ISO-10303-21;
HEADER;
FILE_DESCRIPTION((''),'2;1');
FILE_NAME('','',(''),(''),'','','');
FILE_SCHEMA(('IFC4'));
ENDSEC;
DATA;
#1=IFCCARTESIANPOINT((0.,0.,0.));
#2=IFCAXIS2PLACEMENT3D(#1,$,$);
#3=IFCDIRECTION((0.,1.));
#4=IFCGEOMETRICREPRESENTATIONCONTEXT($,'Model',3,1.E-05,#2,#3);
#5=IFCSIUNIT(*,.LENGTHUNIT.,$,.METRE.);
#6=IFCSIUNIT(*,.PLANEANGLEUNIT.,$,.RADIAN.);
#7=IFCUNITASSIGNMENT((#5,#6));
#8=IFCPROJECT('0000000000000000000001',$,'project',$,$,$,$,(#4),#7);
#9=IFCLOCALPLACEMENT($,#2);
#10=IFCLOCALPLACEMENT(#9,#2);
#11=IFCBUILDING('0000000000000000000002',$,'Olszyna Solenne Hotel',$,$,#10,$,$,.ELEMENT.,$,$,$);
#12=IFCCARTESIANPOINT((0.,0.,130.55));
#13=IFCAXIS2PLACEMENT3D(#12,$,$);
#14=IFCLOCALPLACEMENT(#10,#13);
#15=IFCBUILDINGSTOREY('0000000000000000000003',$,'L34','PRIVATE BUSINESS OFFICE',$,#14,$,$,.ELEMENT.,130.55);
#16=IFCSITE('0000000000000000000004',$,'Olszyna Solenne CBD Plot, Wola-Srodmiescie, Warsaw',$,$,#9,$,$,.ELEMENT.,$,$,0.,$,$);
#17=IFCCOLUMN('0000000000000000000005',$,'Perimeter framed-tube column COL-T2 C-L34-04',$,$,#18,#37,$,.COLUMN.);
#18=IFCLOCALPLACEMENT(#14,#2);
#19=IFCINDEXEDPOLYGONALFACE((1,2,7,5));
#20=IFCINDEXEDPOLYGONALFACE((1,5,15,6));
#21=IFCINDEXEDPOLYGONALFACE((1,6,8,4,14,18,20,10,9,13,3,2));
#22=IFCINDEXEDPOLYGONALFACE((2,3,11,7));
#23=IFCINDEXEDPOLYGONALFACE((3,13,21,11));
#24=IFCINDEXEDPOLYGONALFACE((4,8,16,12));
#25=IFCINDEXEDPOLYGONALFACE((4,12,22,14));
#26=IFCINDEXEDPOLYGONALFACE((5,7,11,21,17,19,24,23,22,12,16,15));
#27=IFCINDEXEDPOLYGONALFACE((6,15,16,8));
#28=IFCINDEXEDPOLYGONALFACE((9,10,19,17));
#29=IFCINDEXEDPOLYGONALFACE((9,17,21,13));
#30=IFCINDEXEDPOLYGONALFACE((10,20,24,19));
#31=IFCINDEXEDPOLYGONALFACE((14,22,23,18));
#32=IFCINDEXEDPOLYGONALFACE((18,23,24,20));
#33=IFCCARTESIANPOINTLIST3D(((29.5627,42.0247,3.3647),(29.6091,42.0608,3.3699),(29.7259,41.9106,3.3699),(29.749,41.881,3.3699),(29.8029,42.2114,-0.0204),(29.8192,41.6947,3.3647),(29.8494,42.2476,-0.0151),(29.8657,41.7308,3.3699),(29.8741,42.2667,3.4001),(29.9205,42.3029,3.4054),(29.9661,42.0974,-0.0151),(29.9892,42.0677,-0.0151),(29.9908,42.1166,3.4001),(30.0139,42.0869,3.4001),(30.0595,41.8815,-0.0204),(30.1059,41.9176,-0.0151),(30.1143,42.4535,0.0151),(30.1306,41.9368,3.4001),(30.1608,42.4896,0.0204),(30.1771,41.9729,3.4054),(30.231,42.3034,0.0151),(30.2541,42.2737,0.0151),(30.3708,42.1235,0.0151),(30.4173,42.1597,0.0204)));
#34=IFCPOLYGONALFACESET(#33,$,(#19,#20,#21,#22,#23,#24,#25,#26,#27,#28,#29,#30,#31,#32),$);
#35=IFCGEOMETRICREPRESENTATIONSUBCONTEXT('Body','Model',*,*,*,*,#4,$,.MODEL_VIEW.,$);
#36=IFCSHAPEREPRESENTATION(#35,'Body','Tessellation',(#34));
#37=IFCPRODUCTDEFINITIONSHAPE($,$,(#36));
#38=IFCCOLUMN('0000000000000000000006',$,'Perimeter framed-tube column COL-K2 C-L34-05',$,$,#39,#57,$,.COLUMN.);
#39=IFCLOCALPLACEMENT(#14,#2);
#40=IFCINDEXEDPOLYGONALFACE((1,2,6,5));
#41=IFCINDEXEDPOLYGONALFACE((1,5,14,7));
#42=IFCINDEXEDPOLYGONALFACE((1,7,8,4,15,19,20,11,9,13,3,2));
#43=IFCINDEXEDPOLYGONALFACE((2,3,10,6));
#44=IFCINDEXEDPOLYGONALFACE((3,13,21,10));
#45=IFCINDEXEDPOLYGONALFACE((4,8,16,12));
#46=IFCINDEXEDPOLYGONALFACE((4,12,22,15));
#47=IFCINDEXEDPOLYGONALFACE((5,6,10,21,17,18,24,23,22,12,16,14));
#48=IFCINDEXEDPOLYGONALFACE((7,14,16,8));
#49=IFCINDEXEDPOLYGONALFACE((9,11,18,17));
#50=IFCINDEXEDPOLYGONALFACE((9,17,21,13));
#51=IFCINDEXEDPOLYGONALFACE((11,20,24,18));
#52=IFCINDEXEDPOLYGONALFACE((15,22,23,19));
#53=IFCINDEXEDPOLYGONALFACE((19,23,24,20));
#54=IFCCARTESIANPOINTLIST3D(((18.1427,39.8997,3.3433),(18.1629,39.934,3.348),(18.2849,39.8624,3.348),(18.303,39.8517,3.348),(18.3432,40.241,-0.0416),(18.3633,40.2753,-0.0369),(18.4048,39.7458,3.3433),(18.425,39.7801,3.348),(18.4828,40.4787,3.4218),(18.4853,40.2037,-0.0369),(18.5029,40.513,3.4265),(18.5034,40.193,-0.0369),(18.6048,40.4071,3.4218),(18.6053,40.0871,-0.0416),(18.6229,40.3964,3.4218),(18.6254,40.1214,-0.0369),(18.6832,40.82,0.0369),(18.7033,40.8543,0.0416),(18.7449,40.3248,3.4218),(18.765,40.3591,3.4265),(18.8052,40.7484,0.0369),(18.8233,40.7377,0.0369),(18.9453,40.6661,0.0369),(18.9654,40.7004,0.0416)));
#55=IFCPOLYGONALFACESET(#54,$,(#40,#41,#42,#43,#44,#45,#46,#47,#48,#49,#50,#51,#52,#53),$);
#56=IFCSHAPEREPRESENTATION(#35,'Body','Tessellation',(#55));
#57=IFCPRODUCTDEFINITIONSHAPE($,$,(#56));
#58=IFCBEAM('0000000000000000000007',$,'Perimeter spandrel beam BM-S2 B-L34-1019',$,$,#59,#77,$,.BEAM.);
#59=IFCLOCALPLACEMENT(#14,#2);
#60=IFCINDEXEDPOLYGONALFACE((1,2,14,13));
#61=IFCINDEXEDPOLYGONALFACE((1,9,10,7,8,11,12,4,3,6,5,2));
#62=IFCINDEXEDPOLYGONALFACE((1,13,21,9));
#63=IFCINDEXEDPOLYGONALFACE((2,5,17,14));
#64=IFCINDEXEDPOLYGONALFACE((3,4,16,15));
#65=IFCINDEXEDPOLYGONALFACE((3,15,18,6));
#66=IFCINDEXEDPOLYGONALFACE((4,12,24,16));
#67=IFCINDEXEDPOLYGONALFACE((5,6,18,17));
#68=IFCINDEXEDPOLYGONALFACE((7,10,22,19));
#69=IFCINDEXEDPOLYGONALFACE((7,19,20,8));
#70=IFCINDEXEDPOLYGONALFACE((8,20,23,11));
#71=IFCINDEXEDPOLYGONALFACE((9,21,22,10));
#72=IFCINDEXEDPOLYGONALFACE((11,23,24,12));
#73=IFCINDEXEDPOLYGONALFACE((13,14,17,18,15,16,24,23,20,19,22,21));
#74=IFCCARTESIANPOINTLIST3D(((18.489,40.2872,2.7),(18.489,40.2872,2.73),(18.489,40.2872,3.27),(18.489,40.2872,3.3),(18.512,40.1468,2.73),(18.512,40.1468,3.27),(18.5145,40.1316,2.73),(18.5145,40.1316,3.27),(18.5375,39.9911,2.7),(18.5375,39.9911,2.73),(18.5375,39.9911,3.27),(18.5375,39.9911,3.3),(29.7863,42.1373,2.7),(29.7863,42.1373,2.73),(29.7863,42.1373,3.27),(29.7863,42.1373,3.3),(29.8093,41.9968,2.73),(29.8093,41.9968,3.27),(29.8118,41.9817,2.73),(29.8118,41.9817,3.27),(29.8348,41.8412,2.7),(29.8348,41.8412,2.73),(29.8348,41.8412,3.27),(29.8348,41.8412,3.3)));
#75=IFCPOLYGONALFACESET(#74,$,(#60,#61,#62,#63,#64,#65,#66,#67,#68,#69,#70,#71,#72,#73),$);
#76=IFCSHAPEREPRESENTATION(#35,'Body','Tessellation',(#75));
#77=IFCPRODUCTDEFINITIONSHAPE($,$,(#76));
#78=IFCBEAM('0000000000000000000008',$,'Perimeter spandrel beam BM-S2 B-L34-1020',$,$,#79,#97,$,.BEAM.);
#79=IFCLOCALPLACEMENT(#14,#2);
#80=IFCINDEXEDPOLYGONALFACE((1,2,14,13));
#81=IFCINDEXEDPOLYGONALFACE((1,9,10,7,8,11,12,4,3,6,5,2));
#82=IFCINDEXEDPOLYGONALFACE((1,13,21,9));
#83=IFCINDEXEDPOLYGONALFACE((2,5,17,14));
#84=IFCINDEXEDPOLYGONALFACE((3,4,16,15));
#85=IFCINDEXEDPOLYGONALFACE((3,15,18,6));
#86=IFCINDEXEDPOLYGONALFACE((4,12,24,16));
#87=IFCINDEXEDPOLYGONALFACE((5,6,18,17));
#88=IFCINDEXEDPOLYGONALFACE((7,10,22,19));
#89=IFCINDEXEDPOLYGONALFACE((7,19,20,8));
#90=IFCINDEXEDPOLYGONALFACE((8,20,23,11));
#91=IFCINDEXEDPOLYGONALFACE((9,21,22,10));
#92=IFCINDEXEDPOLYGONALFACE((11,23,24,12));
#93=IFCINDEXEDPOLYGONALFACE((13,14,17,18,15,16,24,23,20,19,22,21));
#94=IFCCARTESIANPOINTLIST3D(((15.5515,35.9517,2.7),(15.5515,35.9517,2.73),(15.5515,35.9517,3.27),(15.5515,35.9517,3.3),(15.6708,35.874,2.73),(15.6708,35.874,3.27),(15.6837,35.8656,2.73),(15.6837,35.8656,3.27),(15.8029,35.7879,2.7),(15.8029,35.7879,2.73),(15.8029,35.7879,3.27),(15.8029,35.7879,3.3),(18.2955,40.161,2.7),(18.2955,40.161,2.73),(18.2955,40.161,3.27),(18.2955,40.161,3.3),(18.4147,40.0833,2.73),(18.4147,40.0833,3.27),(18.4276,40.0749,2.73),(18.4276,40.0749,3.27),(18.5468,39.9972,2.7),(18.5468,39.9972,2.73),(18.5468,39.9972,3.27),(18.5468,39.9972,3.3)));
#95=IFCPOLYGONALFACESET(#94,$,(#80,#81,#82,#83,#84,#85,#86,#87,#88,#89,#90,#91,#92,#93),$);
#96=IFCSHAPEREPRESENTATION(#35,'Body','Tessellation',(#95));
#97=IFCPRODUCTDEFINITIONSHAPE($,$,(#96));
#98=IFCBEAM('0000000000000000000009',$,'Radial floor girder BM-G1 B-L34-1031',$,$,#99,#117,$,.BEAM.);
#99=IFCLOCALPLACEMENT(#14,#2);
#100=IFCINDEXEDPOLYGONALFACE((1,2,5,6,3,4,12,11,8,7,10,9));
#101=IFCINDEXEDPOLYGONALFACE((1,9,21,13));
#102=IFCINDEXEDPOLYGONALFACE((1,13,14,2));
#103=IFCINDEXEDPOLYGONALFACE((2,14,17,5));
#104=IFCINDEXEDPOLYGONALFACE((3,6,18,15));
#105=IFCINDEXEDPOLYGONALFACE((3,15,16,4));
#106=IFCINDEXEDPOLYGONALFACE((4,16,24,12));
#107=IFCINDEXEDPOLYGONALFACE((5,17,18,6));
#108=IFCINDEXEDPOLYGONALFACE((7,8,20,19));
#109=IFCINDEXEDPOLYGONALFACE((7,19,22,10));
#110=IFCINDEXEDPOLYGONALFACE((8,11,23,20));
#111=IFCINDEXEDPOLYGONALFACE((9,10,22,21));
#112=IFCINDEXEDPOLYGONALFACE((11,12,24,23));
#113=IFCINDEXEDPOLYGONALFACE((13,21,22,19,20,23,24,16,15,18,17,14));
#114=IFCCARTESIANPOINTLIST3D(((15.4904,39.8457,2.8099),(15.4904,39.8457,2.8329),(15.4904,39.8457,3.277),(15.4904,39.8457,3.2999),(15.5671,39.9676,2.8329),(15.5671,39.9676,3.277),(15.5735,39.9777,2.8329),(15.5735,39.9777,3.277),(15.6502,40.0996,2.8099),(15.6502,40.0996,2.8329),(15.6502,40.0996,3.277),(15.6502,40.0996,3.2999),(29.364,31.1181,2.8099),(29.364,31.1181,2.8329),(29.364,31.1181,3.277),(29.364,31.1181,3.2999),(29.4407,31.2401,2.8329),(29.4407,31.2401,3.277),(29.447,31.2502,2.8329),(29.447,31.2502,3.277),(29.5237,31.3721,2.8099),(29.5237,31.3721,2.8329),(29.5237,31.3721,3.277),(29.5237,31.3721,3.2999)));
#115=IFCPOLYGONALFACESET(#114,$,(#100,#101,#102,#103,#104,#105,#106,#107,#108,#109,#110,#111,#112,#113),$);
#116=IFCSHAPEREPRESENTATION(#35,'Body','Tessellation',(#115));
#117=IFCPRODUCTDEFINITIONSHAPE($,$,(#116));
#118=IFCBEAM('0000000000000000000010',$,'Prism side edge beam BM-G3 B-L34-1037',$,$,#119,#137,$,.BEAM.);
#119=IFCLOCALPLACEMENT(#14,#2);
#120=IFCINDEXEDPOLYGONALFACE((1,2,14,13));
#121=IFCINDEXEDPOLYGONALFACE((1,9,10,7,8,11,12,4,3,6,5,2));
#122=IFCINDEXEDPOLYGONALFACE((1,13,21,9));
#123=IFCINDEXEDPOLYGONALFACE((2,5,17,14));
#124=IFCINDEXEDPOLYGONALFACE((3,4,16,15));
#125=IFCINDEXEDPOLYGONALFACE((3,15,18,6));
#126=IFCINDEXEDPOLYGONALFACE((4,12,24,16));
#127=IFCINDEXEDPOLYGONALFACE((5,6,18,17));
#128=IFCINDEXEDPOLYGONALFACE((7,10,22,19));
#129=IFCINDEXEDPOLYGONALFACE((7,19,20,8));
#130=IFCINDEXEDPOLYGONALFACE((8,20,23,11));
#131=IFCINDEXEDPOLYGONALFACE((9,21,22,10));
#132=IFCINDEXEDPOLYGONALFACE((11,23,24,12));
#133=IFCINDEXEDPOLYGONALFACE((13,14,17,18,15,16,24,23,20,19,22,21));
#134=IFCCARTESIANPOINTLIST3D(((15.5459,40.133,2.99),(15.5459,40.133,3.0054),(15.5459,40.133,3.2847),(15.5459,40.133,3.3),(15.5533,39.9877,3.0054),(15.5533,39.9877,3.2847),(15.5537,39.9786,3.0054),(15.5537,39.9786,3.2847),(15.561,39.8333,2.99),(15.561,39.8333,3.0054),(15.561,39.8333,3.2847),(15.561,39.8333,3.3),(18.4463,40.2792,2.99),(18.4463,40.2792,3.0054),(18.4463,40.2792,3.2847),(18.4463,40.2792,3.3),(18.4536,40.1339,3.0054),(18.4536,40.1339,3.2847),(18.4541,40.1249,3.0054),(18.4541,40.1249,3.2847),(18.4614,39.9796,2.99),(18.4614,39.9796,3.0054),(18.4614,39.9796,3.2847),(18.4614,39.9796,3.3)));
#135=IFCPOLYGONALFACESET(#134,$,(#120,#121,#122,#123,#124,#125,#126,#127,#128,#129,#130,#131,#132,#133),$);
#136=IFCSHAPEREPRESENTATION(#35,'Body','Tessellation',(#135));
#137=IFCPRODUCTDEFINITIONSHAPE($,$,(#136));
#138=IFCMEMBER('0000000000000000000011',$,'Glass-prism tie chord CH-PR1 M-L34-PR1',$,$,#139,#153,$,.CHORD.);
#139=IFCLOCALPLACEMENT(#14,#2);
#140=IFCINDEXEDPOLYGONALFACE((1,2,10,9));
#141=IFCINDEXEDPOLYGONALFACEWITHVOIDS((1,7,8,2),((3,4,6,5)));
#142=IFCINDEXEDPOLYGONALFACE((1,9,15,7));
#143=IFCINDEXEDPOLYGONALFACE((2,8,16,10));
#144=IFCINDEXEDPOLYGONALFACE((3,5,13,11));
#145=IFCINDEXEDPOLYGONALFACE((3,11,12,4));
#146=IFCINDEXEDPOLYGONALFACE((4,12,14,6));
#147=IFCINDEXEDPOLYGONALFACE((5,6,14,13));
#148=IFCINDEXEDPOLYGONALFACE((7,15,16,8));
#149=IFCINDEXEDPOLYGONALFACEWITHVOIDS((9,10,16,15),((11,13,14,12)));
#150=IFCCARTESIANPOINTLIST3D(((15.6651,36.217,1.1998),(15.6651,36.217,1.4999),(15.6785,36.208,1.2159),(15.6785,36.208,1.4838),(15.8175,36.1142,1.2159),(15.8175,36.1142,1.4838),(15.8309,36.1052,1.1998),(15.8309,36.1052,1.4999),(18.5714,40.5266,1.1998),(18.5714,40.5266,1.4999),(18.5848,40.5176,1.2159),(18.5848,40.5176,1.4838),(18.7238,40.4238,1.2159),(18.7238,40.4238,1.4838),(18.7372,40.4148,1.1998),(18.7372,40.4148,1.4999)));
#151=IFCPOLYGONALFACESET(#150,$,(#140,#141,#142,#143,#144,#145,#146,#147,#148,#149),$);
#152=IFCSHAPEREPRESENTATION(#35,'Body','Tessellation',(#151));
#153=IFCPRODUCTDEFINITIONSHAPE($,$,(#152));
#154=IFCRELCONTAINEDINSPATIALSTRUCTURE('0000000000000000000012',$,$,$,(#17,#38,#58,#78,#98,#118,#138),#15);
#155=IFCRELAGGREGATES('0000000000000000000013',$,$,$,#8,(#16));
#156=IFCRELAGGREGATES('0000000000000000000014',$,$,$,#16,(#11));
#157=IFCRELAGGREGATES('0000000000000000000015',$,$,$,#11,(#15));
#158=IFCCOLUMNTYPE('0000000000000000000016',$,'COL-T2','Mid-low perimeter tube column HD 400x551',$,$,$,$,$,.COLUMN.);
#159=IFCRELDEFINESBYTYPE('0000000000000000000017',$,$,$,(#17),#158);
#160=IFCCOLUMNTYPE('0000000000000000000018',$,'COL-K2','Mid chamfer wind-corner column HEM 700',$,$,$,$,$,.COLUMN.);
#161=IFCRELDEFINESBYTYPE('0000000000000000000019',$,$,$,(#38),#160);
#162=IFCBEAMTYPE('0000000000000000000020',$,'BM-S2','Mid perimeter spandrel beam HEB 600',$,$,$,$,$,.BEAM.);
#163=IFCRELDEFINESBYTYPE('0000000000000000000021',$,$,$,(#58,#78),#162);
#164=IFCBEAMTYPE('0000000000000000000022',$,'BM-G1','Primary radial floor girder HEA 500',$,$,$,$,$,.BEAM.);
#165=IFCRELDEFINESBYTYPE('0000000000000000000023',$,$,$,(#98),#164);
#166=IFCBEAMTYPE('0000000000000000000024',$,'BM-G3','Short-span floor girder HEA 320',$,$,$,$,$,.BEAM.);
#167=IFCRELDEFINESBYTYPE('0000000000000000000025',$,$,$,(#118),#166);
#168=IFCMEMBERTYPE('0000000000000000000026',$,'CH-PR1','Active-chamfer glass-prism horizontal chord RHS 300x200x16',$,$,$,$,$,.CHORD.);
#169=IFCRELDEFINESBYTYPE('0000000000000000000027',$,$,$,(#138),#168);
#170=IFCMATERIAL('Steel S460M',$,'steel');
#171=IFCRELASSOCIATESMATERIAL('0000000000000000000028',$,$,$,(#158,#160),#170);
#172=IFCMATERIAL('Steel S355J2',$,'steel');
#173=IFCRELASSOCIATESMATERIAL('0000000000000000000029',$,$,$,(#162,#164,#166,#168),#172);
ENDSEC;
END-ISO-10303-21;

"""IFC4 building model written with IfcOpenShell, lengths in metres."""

from ifc_helpers import new_model, si_unit, direction, frame, origin, origin_2d, place, context, subcontext, project, spatial, hollow_rectangle, i_section, extrude, source, transform, mapped, material, material_profile, profile_set, type_object, element, save


model = new_model("IFC4")

# Units and contexts
model_context = context("Model", 3, precision=1e-05, world=origin(), true_north=direction((0.0, 1.0)))
body_context = subcontext(model_context, "Body", "Model", "MODEL_VIEW")
ifc_project = project(units=[si_unit("LENGTHUNIT", "METRE"), si_unit("PLANEANGLEUNIT", "RADIAN")], contexts=[model_context])

# Site, building, storey
site_placement = place(None, origin())
site = spatial("IfcSite", under=ifc_project, at=site_placement, Name="Olszyna Solenne CBD Plot, Wola-Srodmiescie, Warsaw", CompositionType="ELEMENT", RefElevation=0.0)
building_placement = place(site_placement, origin())
building = spatial("IfcBuilding", under=site, at=building_placement, Name="Olszyna Solenne Hotel", CompositionType="ELEMENT")
storey_placement = place(building_placement, frame((0.0, 0.0, 130.55)))
storey = spatial("IfcBuildingStorey", under=building, at=storey_placement, Name="L34", Description="PRIVATE BUSINESS OFFICE", CompositionType="ELEMENT", Elevation=130.55)

# Columns
ifc_material_1 = material(Name="Steel S460M", Category="steel")
ifc_material_profile_1 = material_profile(ifc_material_1, i_section(OverallWidth=0.418, OverallDepth=0.4551, WebThickness=0.0376, FlangeThickness=0.0591, at=origin_2d()), Name="HD 400x551", Category="load-bearing")
ifc_profile_set_1 = profile_set([ifc_material_profile_1], Name="Steel S460M")
column_type_1 = type_object("IfcColumnType", Name="COL-T2", Description="Mid-low perimeter tube column HD 400x551", PredefinedType="COLUMN", material=ifc_profile_set_1)
shared_shape_1 = source(origin(), body_context, "Body", "SweptSolid", [
    extrude(i_section(OverallWidth=0.418, OverallDepth=0.4551, WebThickness=0.0376, FlangeThickness=0.0591, at=origin_2d()), origin(), (0.0, 0.0, 1.0), 3.3987),
])
column_1_placement = place(storey_placement, frame((30.1101, 42.1855, 0.0), z_axis=(-0.070685, -0.054953, 0.995984), x_axis=(0.613774, -0.789482, 0.0)))
element("IfcColumn", 1, at=column_1_placement, inside=storey, type_object=column_type_1, Name="Perimeter framed-tube column COL-T2 C-L34-04", PredefinedType="COLUMN", context=body_context, shape_type="MappedRepresentation", body=[
    mapped(shared_shape_1, transform((0.0, 0.0, 0.0), x_axis=(1.0, 0.0, 0.0), y_axis=(0.0, 1.0, 0.0), z_axis=(0.0, 0.0, 1.0), scale=1.0)),
])
ifc_material_profile_2 = material_profile(ifc_material_1, i_section(OverallWidth=0.304, OverallDepth=0.7161, WebThickness=0.021, FlangeThickness=0.04, at=origin_2d()), Name="HEM 700", Category="load-bearing")
ifc_profile_set_2 = profile_set([ifc_material_profile_2], Name="Steel S460M")
column_type_2 = type_object("IfcColumnType", Name="COL-K2", Description="Mid chamfer wind-corner column HEM 700", PredefinedType="COLUMN", material=ifc_profile_set_2)
shared_shape_2 = source(origin(), body_context, "Body", "SweptSolid", [
    extrude(i_section(OverallWidth=0.304, OverallDepth=0.7161, WebThickness=0.021, FlangeThickness=0.04, at=origin_2d()), origin(), (0.0, 0.0, 1.0), 3.408),
])
column_2_placement = place(storey_placement, frame((18.6543, 40.4707, 0.0), z_axis=(-0.058813, -0.100147, 0.993233), x_axis=(0.862299, -0.5064, 0.0)))
element("IfcColumn", 2, at=column_2_placement, inside=storey, type_object=column_type_2, Name="Perimeter framed-tube column COL-K2 C-L34-05", PredefinedType="COLUMN", context=body_context, shape_type="MappedRepresentation", body=[
    mapped(shared_shape_2, transform((0.0, 0.0, 0.0), x_axis=(1.0, 0.0, 0.0), y_axis=(0.0, 1.0, 0.0), z_axis=(0.0, 0.0, 1.0), scale=1.0)),
])

# Beams
ifc_material_2 = material(Name="Steel S355J2", Category="steel")
ifc_material_profile_3 = material_profile(ifc_material_2, i_section(OverallWidth=0.3, OverallDepth=0.6001, WebThickness=0.0154, FlangeThickness=0.03, at=origin_2d()), Name="HEB 600", Category="load-bearing")
ifc_profile_set_3 = profile_set([ifc_material_profile_3], Name="Steel S355J2")
beam_type_1 = type_object("IfcBeamType", Name="BM-S2", Description="Mid perimeter spandrel beam HEB 600", PredefinedType="BEAM", material=ifc_profile_set_3)
shared_shape_3 = source(origin(), body_context, "Body", "SweptSolid", [
    extrude(i_section(OverallWidth=0.3, OverallDepth=0.6001, WebThickness=0.0154, FlangeThickness=0.03, at=origin_2d()), origin(), (0.0, 0.0, 1.0), 11.4478),
])
beam_1_placement = place(storey_placement, frame((29.8105, 41.9893, 3.0), z_axis=(-0.986855, -0.161611, 0.0), x_axis=(0.161611, -0.986855, 0.0)))
element("IfcBeam", 3, at=beam_1_placement, inside=storey, type_object=beam_type_1, Name="Perimeter spandrel beam BM-S2 B-L34-1019", PredefinedType="BEAM", context=body_context, shape_type="MappedRepresentation", body=[
    mapped(shared_shape_3, transform((0.0, 0.0, 0.0), x_axis=(1.0, 0.0, 0.0), y_axis=(0.0, 1.0, 0.0), z_axis=(0.0, 0.0, 1.0), scale=1.0)),
])
shared_shape_4 = source(origin(), body_context, "Body", "SweptSolid", [
    extrude(i_section(OverallWidth=0.3, OverallDepth=0.6001, WebThickness=0.0154, FlangeThickness=0.03, at=origin_2d()), origin(), (0.0, 0.0, 1.0), 5.0247),
])
beam_2_placement = place(storey_placement, frame((18.4211, 40.0791, 3.0), z_axis=(-0.546093, -0.837725, 0.0), x_axis=(0.837725, -0.546093, 0.0)))
element("IfcBeam", 4, at=beam_2_placement, inside=storey, type_object=beam_type_1, Name="Perimeter spandrel beam BM-S2 B-L34-1020", PredefinedType="BEAM", context=body_context, shape_type="MappedRepresentation", body=[
    mapped(shared_shape_4, transform((0.0, 0.0, 0.0), x_axis=(1.0, 0.0, 0.0), y_axis=(0.0, 1.0, 0.0), z_axis=(0.0, 0.0, 1.0), scale=1.0)),
])
ifc_material_profile_4 = material_profile(ifc_material_2, i_section(OverallWidth=0.3, OverallDepth=0.49, WebThickness=0.012, FlangeThickness=0.0229, at=origin_2d()), Name="HEA 500", Category="load-bearing")
ifc_profile_set_4 = profile_set([ifc_material_profile_4], Name="Steel S355J2")
beam_type_2 = type_object("IfcBeamType", Name="BM-G1", Description="Primary radial floor girder HEA 500", PredefinedType="BEAM", material=ifc_profile_set_4)
shared_shape_5 = source(origin(), body_context, "Body", "SweptSolid", [
    extrude(i_section(OverallWidth=0.3, OverallDepth=0.49, WebThickness=0.012, FlangeThickness=0.0229, at=origin_2d()), origin(), (0.0, 0.0, 1.0), 16.3904),
])
beam_3_placement = place(storey_placement, frame((15.5703, 39.9727, 3.0549), z_axis=(0.846443, -0.532479, 0.0), x_axis=(0.532479, 0.846443, 0.0)))
element("IfcBeam", 5, at=beam_3_placement, inside=storey, type_object=beam_type_2, Name="Radial floor girder BM-G1 B-L34-1031", PredefinedType="BEAM", context=body_context, shape_type="MappedRepresentation", body=[
    mapped(shared_shape_5, transform((0.0, 0.0, 0.0), x_axis=(1.0, 0.0, 0.0), y_axis=(0.0, 1.0, 0.0), z_axis=(0.0, 0.0, 1.0), scale=1.0)),
])
ifc_material_profile_5 = material_profile(ifc_material_2, i_section(OverallWidth=0.3, OverallDepth=0.3101, WebThickness=0.009, FlangeThickness=0.0154, at=origin_2d()), Name="HEA 320", Category="load-bearing")
ifc_profile_set_5 = profile_set([ifc_material_profile_5], Name="Steel S355J2")
beam_type_3 = type_object("IfcBeamType", Name="BM-G3", Description="Short-span floor girder HEA 320", PredefinedType="BEAM", material=ifc_profile_set_5)
shared_shape_6 = source(origin(), body_context, "Body", "SweptSolid", [
    extrude(i_section(OverallWidth=0.3, OverallDepth=0.3101, WebThickness=0.009, FlangeThickness=0.0154, at=origin_2d()), origin(), (0.0, 0.0, 1.0), 2.9041),
])
beam_4_placement = place(storey_placement, frame((18.4539, 40.1294, 3.145), z_axis=(-0.998731, -0.050357, 0.0), x_axis=(0.050357, -0.998731, 0.0)))
element("IfcBeam", 6, at=beam_4_placement, inside=storey, type_object=beam_type_3, Name="Prism side edge beam BM-G3 B-L34-1037", PredefinedType="BEAM", context=body_context, shape_type="MappedRepresentation", body=[
    mapped(shared_shape_6, transform((0.0, 0.0, 0.0), x_axis=(1.0, 0.0, 0.0), y_axis=(0.0, 1.0, 0.0), z_axis=(0.0, 0.0, 1.0), scale=1.0)),
])

# Member
ifc_material_profile_6 = material_profile(ifc_material_2, hollow_rectangle(XDim=0.2, YDim=0.3, WallThickness=0.0161, at=origin_2d()), Name="RHS 300x200x16", Category="load-bearing")
ifc_profile_set_6 = profile_set([ifc_material_profile_6], Name="Steel S355J2")
member_type_1 = type_object("IfcMemberType", Name="CH-PR1", Description="Active-chamfer glass-prism horizontal chord RHS 300x200x16", PredefinedType="CHORD", material=ifc_profile_set_6)
shared_shape_7 = source(origin(), body_context, "Body", "SweptSolid", [
    extrude(hollow_rectangle(XDim=0.2, YDim=0.3, WallThickness=0.0161, at=origin_2d()), origin(), (0.0, 0.0, 1.0), 5.198),
])
for number, where, z_axis, x_axis, name in (
    (7, (18.6543, 40.4707, 1.3499), (-0.559115, -0.82909, 0.0), (0.82909, -0.559115, 0.0), "Glass-prism tie chord CH-PR1 M-L34-PR1"),
):
    element("IfcMember", number, at=place(storey_placement, frame(where, z_axis=z_axis, x_axis=x_axis)), inside=storey, type_object=member_type_1, Name=name, PredefinedType="CHORD", context=body_context, shape_type="MappedRepresentation", body=[
        mapped(shared_shape_7, transform((0.0, 0.0, 0.0), x_axis=(1.0, 0.0, 0.0), y_axis=(0.0, 1.0, 0.0), z_axis=(0.0, 0.0, 1.0), scale=1.0)),
    ])

save(model, "model.ifc")
